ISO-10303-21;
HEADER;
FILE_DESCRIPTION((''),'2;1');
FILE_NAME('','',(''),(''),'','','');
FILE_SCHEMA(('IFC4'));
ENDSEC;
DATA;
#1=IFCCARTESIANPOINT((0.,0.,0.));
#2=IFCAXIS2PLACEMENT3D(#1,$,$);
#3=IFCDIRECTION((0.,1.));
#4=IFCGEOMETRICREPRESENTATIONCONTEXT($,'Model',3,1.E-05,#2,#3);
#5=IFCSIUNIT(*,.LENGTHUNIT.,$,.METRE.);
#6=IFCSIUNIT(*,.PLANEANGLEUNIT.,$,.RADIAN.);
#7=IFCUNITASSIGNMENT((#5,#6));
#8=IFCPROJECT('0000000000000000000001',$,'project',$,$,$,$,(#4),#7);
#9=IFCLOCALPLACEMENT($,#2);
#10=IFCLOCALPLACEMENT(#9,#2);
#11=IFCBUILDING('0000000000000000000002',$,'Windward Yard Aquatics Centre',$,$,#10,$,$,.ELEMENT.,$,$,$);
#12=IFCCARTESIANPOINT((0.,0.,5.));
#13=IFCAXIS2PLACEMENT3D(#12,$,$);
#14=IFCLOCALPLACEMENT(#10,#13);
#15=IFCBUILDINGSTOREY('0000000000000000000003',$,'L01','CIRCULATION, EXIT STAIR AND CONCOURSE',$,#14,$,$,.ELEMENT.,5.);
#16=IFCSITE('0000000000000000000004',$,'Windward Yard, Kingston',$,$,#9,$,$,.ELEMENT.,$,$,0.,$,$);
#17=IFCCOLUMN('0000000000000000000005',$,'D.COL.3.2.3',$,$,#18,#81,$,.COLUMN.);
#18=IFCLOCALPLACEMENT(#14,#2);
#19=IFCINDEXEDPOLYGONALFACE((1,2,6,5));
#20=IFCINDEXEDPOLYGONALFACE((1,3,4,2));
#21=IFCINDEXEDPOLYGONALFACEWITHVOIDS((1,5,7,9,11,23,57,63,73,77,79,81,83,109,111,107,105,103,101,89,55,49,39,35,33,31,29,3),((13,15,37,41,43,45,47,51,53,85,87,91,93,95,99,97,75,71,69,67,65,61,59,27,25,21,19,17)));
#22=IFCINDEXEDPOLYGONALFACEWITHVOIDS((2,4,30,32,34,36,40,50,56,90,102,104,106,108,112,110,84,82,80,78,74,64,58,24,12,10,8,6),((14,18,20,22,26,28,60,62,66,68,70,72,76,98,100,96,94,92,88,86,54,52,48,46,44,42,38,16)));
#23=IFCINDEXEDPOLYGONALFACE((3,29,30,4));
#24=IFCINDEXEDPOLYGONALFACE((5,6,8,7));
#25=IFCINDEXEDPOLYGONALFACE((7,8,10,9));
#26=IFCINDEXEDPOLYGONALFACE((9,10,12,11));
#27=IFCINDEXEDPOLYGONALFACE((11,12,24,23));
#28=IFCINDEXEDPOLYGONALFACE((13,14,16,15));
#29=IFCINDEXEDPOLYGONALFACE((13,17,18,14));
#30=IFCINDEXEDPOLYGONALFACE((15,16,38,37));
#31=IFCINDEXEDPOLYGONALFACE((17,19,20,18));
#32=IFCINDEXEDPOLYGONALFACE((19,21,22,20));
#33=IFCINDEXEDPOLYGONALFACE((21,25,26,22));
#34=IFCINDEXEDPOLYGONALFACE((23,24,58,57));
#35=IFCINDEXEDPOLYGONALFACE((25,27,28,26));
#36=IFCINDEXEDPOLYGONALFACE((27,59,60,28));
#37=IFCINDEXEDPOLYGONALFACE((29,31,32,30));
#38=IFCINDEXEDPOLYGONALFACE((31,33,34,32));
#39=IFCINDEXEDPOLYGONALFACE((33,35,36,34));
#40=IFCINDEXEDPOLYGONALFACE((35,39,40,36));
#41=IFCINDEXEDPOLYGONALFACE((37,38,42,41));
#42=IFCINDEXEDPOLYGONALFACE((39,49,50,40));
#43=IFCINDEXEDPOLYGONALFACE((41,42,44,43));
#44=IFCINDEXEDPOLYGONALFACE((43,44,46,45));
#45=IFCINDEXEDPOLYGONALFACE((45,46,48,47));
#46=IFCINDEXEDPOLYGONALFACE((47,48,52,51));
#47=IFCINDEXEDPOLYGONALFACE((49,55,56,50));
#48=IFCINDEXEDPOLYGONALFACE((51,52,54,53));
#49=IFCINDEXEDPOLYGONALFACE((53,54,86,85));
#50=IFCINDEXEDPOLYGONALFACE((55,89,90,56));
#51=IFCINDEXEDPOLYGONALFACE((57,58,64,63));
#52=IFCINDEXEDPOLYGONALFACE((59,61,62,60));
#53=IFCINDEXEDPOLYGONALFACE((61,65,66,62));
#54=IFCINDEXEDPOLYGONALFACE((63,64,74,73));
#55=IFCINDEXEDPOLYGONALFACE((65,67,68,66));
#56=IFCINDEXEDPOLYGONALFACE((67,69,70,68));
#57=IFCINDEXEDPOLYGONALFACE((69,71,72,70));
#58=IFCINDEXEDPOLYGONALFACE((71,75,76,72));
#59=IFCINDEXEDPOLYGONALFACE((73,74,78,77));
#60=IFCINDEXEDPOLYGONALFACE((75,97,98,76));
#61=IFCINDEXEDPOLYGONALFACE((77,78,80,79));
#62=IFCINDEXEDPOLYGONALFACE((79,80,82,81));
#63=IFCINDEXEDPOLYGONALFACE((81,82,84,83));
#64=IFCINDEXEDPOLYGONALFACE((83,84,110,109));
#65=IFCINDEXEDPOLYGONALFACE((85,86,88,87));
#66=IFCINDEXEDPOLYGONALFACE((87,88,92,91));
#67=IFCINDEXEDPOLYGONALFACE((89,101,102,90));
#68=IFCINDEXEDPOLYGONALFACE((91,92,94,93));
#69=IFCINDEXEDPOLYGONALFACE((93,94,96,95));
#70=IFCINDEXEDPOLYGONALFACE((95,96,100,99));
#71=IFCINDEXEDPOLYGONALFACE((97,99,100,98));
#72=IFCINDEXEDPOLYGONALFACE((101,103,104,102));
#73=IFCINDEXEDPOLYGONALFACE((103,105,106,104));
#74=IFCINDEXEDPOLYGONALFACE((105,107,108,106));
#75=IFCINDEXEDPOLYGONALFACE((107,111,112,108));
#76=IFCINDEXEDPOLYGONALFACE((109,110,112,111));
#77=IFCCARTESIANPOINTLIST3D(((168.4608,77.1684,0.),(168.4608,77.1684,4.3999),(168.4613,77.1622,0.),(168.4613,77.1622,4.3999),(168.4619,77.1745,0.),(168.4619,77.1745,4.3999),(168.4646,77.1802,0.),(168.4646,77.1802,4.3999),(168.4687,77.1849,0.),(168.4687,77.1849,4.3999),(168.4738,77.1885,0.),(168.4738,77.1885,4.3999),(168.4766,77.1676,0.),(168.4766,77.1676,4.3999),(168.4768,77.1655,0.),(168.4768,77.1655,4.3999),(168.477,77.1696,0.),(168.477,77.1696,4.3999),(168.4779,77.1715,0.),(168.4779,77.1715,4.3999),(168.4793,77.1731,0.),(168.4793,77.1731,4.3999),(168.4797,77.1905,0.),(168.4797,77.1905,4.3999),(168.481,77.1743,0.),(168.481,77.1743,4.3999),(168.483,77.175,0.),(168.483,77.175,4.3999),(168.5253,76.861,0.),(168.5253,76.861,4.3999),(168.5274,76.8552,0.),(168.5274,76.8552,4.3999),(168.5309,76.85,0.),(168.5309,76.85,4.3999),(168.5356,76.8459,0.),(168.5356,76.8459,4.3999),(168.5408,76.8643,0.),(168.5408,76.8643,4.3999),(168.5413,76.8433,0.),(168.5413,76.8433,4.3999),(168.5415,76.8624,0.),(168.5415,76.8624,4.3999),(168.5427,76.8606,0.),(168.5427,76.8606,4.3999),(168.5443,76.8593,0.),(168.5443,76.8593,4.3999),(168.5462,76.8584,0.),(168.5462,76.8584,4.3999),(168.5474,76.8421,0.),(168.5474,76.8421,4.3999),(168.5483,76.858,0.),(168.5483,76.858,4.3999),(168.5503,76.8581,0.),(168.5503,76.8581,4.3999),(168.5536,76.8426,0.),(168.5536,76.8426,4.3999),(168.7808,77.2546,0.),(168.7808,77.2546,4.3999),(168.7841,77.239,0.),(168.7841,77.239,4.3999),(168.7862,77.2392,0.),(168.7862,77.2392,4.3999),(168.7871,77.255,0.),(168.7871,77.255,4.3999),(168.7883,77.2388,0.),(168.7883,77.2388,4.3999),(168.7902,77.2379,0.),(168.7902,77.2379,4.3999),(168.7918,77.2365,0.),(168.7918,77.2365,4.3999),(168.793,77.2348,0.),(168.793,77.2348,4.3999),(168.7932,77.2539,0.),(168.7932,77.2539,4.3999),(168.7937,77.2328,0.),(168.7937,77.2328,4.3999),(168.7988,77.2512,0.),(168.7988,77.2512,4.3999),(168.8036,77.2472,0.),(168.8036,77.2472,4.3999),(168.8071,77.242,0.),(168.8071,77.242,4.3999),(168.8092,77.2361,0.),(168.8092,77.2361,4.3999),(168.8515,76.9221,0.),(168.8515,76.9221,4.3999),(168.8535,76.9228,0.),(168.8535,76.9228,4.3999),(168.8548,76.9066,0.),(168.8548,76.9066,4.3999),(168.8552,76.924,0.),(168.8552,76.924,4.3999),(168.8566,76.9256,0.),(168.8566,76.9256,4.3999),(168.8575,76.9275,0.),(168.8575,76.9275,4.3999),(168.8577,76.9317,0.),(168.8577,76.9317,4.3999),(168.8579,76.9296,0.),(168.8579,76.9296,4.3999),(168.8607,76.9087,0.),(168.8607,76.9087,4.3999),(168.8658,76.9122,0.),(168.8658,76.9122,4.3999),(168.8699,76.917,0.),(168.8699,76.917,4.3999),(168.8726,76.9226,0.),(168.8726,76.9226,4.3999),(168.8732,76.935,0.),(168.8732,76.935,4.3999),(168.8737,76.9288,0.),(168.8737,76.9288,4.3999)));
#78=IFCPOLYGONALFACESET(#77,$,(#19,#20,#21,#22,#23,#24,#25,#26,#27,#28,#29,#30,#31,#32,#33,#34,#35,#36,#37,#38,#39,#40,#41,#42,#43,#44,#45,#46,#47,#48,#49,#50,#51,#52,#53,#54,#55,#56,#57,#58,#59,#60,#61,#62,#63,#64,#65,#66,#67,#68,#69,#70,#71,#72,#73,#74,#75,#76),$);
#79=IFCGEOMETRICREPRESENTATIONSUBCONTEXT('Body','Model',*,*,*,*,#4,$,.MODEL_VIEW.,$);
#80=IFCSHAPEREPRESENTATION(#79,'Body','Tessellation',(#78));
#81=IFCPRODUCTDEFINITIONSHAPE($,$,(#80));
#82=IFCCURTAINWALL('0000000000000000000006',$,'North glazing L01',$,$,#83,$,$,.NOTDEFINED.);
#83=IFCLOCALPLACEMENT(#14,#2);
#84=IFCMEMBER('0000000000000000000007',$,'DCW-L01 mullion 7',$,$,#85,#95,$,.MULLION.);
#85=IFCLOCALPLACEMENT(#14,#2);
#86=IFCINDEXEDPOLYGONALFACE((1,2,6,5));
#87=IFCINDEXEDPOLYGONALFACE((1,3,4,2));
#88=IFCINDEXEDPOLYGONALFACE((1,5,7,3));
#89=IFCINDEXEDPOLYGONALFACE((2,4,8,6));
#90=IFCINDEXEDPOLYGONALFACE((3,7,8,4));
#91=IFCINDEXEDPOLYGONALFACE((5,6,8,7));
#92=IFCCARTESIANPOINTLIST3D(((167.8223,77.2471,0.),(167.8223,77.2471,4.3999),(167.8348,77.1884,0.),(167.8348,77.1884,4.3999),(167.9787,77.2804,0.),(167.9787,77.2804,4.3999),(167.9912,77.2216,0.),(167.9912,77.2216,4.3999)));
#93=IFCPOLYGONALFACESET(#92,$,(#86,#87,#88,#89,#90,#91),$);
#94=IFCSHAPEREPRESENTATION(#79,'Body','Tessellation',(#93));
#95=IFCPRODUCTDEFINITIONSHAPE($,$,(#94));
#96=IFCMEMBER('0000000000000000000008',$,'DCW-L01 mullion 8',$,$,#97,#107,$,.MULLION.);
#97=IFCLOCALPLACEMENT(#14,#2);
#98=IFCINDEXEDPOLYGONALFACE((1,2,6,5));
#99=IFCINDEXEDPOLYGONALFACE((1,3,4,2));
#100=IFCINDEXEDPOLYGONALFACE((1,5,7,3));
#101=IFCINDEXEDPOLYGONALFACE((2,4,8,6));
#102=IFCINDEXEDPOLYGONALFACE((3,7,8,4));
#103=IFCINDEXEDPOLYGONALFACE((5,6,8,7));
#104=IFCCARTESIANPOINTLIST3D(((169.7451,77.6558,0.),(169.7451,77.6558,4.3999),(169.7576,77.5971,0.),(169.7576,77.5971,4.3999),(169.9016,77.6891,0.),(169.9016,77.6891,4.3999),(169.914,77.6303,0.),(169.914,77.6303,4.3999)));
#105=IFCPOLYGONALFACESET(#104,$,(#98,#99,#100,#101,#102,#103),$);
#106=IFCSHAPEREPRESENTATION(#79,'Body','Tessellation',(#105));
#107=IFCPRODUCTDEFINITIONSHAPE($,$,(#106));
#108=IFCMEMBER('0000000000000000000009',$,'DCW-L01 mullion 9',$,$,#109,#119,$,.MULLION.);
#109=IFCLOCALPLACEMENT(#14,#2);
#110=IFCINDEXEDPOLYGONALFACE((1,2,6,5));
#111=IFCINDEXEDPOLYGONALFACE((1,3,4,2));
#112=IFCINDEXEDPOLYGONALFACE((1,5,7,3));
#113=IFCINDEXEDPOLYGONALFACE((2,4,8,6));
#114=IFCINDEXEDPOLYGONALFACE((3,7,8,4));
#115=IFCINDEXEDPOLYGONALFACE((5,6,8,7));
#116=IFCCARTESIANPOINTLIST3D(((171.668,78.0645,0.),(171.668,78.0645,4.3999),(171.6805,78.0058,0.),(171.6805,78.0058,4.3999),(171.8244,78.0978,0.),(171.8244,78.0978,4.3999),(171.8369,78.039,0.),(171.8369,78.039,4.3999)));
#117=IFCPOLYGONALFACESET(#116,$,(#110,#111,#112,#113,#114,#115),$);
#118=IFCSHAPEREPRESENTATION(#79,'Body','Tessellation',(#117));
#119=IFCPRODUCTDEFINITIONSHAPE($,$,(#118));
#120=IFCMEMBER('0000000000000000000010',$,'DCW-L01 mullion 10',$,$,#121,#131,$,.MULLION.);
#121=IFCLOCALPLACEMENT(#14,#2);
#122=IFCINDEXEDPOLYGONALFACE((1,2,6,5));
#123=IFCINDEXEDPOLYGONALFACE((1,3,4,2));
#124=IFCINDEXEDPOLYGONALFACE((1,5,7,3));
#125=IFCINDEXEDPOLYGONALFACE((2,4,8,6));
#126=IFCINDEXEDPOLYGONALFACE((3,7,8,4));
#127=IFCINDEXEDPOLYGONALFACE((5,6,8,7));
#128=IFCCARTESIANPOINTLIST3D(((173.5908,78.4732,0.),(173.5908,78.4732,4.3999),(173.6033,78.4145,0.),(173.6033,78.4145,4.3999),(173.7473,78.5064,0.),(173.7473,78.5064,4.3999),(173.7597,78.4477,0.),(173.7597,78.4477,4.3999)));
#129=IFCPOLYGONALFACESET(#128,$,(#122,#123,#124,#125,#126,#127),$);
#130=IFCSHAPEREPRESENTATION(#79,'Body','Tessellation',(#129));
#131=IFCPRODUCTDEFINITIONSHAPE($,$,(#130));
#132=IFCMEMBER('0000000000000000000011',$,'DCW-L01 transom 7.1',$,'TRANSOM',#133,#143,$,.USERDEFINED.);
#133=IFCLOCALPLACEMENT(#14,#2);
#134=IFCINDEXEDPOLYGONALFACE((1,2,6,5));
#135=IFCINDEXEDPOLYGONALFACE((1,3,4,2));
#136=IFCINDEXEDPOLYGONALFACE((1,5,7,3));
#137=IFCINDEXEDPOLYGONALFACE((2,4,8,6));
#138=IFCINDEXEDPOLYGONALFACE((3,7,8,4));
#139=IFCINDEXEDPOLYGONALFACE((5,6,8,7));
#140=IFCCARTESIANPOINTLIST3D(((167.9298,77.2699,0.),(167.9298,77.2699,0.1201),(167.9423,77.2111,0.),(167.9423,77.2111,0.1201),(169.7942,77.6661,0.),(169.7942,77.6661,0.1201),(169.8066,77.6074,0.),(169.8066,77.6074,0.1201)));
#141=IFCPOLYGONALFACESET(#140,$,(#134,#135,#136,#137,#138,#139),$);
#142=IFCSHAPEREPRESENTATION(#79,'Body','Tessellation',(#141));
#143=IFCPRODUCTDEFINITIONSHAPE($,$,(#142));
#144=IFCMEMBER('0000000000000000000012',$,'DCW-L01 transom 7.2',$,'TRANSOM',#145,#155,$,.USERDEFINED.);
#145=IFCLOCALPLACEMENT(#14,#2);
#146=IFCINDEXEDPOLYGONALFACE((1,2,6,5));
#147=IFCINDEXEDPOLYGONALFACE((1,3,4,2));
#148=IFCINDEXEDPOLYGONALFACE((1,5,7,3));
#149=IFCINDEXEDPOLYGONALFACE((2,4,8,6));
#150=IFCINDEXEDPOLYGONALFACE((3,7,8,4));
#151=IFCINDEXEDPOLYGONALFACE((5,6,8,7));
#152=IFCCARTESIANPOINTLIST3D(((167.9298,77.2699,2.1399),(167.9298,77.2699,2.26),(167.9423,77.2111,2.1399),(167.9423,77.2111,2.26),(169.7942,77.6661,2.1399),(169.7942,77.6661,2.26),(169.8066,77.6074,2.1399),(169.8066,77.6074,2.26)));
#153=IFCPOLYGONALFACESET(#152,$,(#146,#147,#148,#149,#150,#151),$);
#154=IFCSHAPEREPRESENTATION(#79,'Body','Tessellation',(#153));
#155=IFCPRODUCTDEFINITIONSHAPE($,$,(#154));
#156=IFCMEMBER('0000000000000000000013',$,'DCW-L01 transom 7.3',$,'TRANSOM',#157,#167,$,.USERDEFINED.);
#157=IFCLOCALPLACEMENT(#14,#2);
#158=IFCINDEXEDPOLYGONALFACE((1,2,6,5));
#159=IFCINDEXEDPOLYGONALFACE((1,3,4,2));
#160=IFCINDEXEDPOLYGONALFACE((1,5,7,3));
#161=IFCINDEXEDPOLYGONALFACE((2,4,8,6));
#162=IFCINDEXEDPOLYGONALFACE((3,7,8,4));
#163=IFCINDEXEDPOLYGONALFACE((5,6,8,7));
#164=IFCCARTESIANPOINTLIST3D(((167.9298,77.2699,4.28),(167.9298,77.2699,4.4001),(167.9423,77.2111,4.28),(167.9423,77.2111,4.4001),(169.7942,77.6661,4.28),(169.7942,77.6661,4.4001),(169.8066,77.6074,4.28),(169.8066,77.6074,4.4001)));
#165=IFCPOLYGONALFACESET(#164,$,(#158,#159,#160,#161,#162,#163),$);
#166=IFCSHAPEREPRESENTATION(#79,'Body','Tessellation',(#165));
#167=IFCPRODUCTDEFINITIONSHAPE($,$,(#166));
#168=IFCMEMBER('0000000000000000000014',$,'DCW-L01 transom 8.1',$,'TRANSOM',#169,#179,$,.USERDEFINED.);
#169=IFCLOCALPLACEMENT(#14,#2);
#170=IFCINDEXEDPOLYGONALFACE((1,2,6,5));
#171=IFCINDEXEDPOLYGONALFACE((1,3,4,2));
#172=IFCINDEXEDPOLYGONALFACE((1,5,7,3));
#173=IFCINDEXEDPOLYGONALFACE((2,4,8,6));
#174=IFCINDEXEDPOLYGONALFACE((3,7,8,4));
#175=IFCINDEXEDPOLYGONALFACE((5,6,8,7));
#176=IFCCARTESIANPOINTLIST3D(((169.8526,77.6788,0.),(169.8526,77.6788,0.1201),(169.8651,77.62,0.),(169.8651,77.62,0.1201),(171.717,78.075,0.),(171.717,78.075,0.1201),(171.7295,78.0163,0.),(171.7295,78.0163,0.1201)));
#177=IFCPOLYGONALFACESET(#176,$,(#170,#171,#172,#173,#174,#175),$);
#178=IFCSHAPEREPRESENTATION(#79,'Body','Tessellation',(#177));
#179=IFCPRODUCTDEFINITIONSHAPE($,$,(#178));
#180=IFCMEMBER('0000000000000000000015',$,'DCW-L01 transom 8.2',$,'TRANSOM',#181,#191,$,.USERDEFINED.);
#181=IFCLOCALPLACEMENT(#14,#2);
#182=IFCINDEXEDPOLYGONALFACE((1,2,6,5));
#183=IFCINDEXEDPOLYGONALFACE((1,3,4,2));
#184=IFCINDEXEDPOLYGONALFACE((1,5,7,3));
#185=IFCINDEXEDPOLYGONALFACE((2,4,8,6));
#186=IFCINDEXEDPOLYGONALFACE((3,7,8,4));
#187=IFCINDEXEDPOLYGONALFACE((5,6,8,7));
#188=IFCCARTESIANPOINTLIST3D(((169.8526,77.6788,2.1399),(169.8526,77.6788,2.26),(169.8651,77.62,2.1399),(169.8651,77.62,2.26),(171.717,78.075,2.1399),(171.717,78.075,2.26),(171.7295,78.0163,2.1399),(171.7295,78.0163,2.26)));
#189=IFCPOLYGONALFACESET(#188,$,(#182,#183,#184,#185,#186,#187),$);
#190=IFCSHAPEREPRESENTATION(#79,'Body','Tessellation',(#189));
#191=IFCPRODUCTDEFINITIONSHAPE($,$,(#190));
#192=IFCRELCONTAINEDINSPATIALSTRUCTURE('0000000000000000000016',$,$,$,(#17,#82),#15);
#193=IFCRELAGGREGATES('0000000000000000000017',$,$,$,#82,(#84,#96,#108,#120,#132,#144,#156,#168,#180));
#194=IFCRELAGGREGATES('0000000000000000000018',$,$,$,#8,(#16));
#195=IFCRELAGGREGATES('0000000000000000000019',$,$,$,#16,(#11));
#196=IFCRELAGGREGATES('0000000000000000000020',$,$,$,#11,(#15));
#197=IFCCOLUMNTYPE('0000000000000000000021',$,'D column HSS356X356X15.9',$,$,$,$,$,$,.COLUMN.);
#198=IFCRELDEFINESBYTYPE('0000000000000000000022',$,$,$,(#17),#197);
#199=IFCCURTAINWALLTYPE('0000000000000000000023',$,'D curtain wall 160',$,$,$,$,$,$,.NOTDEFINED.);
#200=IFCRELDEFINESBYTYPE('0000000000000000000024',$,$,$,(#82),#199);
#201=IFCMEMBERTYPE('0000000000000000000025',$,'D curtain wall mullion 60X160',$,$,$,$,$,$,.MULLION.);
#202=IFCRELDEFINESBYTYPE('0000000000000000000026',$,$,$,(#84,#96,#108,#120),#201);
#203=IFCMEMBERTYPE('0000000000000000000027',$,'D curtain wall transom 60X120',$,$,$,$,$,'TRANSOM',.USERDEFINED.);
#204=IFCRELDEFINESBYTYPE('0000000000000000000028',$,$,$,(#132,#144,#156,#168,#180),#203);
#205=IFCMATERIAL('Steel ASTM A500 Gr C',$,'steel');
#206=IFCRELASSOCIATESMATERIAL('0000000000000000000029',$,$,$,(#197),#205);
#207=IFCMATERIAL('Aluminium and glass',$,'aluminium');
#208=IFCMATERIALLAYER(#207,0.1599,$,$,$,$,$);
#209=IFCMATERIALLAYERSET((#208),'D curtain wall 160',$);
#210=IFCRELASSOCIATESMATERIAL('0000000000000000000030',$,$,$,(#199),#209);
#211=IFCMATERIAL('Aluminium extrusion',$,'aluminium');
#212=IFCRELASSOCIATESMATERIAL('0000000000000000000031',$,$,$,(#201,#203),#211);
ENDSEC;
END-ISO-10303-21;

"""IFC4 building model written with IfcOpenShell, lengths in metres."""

from ifc_helpers import new_model, si_unit, direction, frame, origin, origin_2d, place, context, subcontext, project, spatial, rectangle, hollow_rectangle, extrude, material, layer, layer_set, material_profile, profile_set, type_object, element, aggregate, save


model = new_model("IFC4")

# Units and contexts
model_context = context("Model", 3, precision=1e-05, world=origin(), true_north=direction((0.0, 1.0)))
body_context = subcontext(model_context, "Body", "Model", "MODEL_VIEW")
ifc_project = project(units=[si_unit("LENGTHUNIT", "METRE"), si_unit("PLANEANGLEUNIT", "RADIAN")], contexts=[model_context])

# Site, building, storey
site_placement = place(None, origin())
site = spatial("IfcSite", under=ifc_project, at=site_placement, Name="Windward Yard, Kingston", CompositionType="ELEMENT", RefElevation=0.0)
building_placement = place(site_placement, origin())
building = spatial("IfcBuilding", under=site, at=building_placement, Name="Windward Yard Aquatics Centre", CompositionType="ELEMENT")
storey_placement = place(building_placement, frame((0.0, 0.0, 5.0)))
storey = spatial("IfcBuildingStorey", under=building, at=storey_placement, Name="L01", Description="CIRCULATION, EXIT STAIR AND CONCOURSE", CompositionType="ELEMENT", Elevation=5.0)

# Column
ifc_material_1 = material(Name="Steel ASTM A500 Gr C", Category="steel")
ifc_material_profile_1 = material_profile(ifc_material_1, hollow_rectangle(XDim=0.3557, YDim=0.3557, WallThickness=0.0159, InnerFilletRadius=0.0081, OuterFilletRadius=0.0239, at=origin_2d()), Name="HSS356X356X15.9")
ifc_profile_set_1 = profile_set([ifc_material_profile_1], Name="Steel ASTM A500 Gr C")
column_type = type_object("IfcColumnType", Name="D column HSS356X356X15.9", PredefinedType="COLUMN", material=ifc_profile_set_1)
column_placement = place(storey_placement, frame((168.6672, 77.0486, 0.0), z_axis=(0.0, 0.0, 1.0), x_axis=(0.978148, 0.207912, 0.0)))
element("IfcColumn", 1, at=column_placement, inside=storey, type_object=column_type, Name="D.COL.3.2.3", PredefinedType="COLUMN", context=body_context, shape_type="SweptSolid", body=[
    extrude(hollow_rectangle(XDim=0.3557, YDim=0.3557, WallThickness=0.0159, InnerFilletRadius=0.0081, OuterFilletRadius=0.0239, at=origin_2d()), origin(), (0.0, 0.0, 1.0), 4.3999),
])

# Curtain wall, members
ifc_material_2 = material(Name="Aluminium and glass", Category="aluminium")
ifc_layer_1 = layer(ifc_material_2, 0.1599)
ifc_layer_set_1 = layer_set([ifc_layer_1], Name="D curtain wall 160")
curtain_wall_type = type_object("IfcCurtainWallType", Name="D curtain wall 160", PredefinedType="NOTDEFINED", material=ifc_layer_set_1)
curtain_wall_placement = place(storey_placement, origin())
curtain_wall = element("IfcCurtainWall", 2, at=curtain_wall_placement, inside=storey, type_object=curtain_wall_type, Name="North glazing L01", PredefinedType="NOTDEFINED")
ifc_material_3 = material(Name="Aluminium extrusion", Category="aluminium")
ifc_material_profile_2 = material_profile(ifc_material_3, rectangle(XDim=0.0601, YDim=0.1599, at=origin_2d()), Name="MULLION 60X160")
ifc_profile_set_2 = profile_set([ifc_material_profile_2], Name="Aluminium extrusion")
member_type_1 = type_object("IfcMemberType", Name="D curtain wall mullion 60X160", PredefinedType="MULLION", material=ifc_profile_set_2)
member_1_placement = place(storey_placement, frame((167.9067, 77.2344, 0.0), z_axis=(0.0, 0.0, 1.0), x_axis=(-0.207912, 0.978148, 0.0)))
member_1 = element("IfcMember", 3, at=member_1_placement, type_object=member_type_1, Name="DCW-L01 mullion 7", PredefinedType="MULLION", context=body_context, shape_type="SweptSolid", body=[
    extrude(rectangle(XDim=0.0601, YDim=0.1599, at=origin_2d()), origin(), (0.0, 0.0, 1.0), 4.3999),
])
member_2_placement = place(storey_placement, frame((169.8296, 77.6431, 0.0), z_axis=(0.0, 0.0, 1.0), x_axis=(-0.207912, 0.978148, 0.0)))
member_2 = element("IfcMember", 4, at=member_2_placement, type_object=member_type_1, Name="DCW-L01 mullion 8", PredefinedType="MULLION", context=body_context, shape_type="SweptSolid", body=[
    extrude(rectangle(XDim=0.0601, YDim=0.1599, at=origin_2d()), origin(), (0.0, 0.0, 1.0), 4.3999),
])
member_3_placement = place(storey_placement, frame((171.7524, 78.0518, 0.0), z_axis=(0.0, 0.0, 1.0), x_axis=(-0.207912, 0.978148, 0.0)))
member_3 = element("IfcMember", 5, at=member_3_placement, type_object=member_type_1, Name="DCW-L01 mullion 9", PredefinedType="MULLION", context=body_context, shape_type="SweptSolid", body=[
    extrude(rectangle(XDim=0.0601, YDim=0.1599, at=origin_2d()), origin(), (0.0, 0.0, 1.0), 4.3999),
])
member_4_placement = place(storey_placement, frame((173.6753, 78.4604, 0.0), z_axis=(0.0, 0.0, 1.0), x_axis=(-0.207912, 0.978148, 0.0)))
member_4 = element("IfcMember", 6, at=member_4_placement, type_object=member_type_1, Name="DCW-L01 mullion 10", PredefinedType="MULLION", context=body_context, shape_type="SweptSolid", body=[
    extrude(rectangle(XDim=0.0601, YDim=0.1599, at=origin_2d()), origin(), (0.0, 0.0, 1.0), 4.3999),
])
ifc_material_profile_3 = material_profile(ifc_material_3, rectangle(XDim=0.0601, YDim=0.1201, at=origin_2d()), Name="TRANSOM 60X120")
ifc_profile_set_3 = profile_set([ifc_material_profile_3], Name="Aluminium extrusion")
member_type_2 = type_object("IfcMemberType", Name="D curtain wall transom 60X120", ElementType="TRANSOM", PredefinedType="USERDEFINED", material=ifc_profile_set_3)
member_5_placement = place(storey_placement, frame((167.936, 77.2405, 0.0601), z_axis=(0.97815, 0.207902, 0.0), x_axis=(-0.207902, 0.97815, 0.0)))
member_5 = element("IfcMember", 7, at=member_5_placement, type_object=member_type_2, Name="DCW-L01 transom 7.1", ObjectType="TRANSOM", PredefinedType="USERDEFINED", context=body_context, shape_type="SweptSolid", body=[
    extrude(rectangle(XDim=0.0601, YDim=0.1201, at=origin_2d()), origin(), (0.0, 0.0, 1.0), 1.906),
])
member_6_placement = place(storey_placement, frame((167.936, 77.2405, 2.2), z_axis=(0.97815, 0.207902, 0.0), x_axis=(-0.207902, 0.97815, 0.0)))
member_6 = element("IfcMember", 8, at=member_6_placement, type_object=member_type_2, Name="DCW-L01 transom 7.2", ObjectType="TRANSOM", PredefinedType="USERDEFINED", context=body_context, shape_type="SweptSolid", body=[
    extrude(rectangle(XDim=0.0601, YDim=0.1201, at=origin_2d()), origin(), (0.0, 0.0, 1.0), 1.906),
])
member_7_placement = place(storey_placement, frame((167.936, 77.2405, 4.3401), z_axis=(0.97815, 0.207902, 0.0), x_axis=(-0.207902, 0.97815, 0.0)))
member_7 = element("IfcMember", 9, at=member_7_placement, type_object=member_type_2, Name="DCW-L01 transom 7.3", ObjectType="TRANSOM", PredefinedType="USERDEFINED", context=body_context, shape_type="SweptSolid", body=[
    extrude(rectangle(XDim=0.0601, YDim=0.1201, at=origin_2d()), origin(), (0.0, 0.0, 1.0), 1.906),
])
member_8_placement = place(storey_placement, frame((169.8589, 77.6494, 0.0601), z_axis=(0.97815, 0.207902, 0.0), x_axis=(-0.207902, 0.97815, 0.0)))
member_8 = element("IfcMember", 10, at=member_8_placement, type_object=member_type_2, Name="DCW-L01 transom 8.1", ObjectType="TRANSOM", PredefinedType="USERDEFINED", context=body_context, shape_type="SweptSolid", body=[
    extrude(rectangle(XDim=0.0601, YDim=0.1201, at=origin_2d()), origin(), (0.0, 0.0, 1.0), 1.906),
])
member_9_placement = place(storey_placement, frame((169.8589, 77.6494, 2.2), z_axis=(0.97815, 0.207902, 0.0), x_axis=(-0.207902, 0.97815, 0.0)))
member_9 = element("IfcMember", 11, at=member_9_placement, type_object=member_type_2, Name="DCW-L01 transom 8.2", ObjectType="TRANSOM", PredefinedType="USERDEFINED", context=body_context, shape_type="SweptSolid", body=[
    extrude(rectangle(XDim=0.0601, YDim=0.1201, at=origin_2d()), origin(), (0.0, 0.0, 1.0), 1.906),
])
aggregate(curtain_wall, [member_1, member_2, member_3, member_4, member_5, member_6, member_7, member_8, member_9])

save(model, "model.ifc")
